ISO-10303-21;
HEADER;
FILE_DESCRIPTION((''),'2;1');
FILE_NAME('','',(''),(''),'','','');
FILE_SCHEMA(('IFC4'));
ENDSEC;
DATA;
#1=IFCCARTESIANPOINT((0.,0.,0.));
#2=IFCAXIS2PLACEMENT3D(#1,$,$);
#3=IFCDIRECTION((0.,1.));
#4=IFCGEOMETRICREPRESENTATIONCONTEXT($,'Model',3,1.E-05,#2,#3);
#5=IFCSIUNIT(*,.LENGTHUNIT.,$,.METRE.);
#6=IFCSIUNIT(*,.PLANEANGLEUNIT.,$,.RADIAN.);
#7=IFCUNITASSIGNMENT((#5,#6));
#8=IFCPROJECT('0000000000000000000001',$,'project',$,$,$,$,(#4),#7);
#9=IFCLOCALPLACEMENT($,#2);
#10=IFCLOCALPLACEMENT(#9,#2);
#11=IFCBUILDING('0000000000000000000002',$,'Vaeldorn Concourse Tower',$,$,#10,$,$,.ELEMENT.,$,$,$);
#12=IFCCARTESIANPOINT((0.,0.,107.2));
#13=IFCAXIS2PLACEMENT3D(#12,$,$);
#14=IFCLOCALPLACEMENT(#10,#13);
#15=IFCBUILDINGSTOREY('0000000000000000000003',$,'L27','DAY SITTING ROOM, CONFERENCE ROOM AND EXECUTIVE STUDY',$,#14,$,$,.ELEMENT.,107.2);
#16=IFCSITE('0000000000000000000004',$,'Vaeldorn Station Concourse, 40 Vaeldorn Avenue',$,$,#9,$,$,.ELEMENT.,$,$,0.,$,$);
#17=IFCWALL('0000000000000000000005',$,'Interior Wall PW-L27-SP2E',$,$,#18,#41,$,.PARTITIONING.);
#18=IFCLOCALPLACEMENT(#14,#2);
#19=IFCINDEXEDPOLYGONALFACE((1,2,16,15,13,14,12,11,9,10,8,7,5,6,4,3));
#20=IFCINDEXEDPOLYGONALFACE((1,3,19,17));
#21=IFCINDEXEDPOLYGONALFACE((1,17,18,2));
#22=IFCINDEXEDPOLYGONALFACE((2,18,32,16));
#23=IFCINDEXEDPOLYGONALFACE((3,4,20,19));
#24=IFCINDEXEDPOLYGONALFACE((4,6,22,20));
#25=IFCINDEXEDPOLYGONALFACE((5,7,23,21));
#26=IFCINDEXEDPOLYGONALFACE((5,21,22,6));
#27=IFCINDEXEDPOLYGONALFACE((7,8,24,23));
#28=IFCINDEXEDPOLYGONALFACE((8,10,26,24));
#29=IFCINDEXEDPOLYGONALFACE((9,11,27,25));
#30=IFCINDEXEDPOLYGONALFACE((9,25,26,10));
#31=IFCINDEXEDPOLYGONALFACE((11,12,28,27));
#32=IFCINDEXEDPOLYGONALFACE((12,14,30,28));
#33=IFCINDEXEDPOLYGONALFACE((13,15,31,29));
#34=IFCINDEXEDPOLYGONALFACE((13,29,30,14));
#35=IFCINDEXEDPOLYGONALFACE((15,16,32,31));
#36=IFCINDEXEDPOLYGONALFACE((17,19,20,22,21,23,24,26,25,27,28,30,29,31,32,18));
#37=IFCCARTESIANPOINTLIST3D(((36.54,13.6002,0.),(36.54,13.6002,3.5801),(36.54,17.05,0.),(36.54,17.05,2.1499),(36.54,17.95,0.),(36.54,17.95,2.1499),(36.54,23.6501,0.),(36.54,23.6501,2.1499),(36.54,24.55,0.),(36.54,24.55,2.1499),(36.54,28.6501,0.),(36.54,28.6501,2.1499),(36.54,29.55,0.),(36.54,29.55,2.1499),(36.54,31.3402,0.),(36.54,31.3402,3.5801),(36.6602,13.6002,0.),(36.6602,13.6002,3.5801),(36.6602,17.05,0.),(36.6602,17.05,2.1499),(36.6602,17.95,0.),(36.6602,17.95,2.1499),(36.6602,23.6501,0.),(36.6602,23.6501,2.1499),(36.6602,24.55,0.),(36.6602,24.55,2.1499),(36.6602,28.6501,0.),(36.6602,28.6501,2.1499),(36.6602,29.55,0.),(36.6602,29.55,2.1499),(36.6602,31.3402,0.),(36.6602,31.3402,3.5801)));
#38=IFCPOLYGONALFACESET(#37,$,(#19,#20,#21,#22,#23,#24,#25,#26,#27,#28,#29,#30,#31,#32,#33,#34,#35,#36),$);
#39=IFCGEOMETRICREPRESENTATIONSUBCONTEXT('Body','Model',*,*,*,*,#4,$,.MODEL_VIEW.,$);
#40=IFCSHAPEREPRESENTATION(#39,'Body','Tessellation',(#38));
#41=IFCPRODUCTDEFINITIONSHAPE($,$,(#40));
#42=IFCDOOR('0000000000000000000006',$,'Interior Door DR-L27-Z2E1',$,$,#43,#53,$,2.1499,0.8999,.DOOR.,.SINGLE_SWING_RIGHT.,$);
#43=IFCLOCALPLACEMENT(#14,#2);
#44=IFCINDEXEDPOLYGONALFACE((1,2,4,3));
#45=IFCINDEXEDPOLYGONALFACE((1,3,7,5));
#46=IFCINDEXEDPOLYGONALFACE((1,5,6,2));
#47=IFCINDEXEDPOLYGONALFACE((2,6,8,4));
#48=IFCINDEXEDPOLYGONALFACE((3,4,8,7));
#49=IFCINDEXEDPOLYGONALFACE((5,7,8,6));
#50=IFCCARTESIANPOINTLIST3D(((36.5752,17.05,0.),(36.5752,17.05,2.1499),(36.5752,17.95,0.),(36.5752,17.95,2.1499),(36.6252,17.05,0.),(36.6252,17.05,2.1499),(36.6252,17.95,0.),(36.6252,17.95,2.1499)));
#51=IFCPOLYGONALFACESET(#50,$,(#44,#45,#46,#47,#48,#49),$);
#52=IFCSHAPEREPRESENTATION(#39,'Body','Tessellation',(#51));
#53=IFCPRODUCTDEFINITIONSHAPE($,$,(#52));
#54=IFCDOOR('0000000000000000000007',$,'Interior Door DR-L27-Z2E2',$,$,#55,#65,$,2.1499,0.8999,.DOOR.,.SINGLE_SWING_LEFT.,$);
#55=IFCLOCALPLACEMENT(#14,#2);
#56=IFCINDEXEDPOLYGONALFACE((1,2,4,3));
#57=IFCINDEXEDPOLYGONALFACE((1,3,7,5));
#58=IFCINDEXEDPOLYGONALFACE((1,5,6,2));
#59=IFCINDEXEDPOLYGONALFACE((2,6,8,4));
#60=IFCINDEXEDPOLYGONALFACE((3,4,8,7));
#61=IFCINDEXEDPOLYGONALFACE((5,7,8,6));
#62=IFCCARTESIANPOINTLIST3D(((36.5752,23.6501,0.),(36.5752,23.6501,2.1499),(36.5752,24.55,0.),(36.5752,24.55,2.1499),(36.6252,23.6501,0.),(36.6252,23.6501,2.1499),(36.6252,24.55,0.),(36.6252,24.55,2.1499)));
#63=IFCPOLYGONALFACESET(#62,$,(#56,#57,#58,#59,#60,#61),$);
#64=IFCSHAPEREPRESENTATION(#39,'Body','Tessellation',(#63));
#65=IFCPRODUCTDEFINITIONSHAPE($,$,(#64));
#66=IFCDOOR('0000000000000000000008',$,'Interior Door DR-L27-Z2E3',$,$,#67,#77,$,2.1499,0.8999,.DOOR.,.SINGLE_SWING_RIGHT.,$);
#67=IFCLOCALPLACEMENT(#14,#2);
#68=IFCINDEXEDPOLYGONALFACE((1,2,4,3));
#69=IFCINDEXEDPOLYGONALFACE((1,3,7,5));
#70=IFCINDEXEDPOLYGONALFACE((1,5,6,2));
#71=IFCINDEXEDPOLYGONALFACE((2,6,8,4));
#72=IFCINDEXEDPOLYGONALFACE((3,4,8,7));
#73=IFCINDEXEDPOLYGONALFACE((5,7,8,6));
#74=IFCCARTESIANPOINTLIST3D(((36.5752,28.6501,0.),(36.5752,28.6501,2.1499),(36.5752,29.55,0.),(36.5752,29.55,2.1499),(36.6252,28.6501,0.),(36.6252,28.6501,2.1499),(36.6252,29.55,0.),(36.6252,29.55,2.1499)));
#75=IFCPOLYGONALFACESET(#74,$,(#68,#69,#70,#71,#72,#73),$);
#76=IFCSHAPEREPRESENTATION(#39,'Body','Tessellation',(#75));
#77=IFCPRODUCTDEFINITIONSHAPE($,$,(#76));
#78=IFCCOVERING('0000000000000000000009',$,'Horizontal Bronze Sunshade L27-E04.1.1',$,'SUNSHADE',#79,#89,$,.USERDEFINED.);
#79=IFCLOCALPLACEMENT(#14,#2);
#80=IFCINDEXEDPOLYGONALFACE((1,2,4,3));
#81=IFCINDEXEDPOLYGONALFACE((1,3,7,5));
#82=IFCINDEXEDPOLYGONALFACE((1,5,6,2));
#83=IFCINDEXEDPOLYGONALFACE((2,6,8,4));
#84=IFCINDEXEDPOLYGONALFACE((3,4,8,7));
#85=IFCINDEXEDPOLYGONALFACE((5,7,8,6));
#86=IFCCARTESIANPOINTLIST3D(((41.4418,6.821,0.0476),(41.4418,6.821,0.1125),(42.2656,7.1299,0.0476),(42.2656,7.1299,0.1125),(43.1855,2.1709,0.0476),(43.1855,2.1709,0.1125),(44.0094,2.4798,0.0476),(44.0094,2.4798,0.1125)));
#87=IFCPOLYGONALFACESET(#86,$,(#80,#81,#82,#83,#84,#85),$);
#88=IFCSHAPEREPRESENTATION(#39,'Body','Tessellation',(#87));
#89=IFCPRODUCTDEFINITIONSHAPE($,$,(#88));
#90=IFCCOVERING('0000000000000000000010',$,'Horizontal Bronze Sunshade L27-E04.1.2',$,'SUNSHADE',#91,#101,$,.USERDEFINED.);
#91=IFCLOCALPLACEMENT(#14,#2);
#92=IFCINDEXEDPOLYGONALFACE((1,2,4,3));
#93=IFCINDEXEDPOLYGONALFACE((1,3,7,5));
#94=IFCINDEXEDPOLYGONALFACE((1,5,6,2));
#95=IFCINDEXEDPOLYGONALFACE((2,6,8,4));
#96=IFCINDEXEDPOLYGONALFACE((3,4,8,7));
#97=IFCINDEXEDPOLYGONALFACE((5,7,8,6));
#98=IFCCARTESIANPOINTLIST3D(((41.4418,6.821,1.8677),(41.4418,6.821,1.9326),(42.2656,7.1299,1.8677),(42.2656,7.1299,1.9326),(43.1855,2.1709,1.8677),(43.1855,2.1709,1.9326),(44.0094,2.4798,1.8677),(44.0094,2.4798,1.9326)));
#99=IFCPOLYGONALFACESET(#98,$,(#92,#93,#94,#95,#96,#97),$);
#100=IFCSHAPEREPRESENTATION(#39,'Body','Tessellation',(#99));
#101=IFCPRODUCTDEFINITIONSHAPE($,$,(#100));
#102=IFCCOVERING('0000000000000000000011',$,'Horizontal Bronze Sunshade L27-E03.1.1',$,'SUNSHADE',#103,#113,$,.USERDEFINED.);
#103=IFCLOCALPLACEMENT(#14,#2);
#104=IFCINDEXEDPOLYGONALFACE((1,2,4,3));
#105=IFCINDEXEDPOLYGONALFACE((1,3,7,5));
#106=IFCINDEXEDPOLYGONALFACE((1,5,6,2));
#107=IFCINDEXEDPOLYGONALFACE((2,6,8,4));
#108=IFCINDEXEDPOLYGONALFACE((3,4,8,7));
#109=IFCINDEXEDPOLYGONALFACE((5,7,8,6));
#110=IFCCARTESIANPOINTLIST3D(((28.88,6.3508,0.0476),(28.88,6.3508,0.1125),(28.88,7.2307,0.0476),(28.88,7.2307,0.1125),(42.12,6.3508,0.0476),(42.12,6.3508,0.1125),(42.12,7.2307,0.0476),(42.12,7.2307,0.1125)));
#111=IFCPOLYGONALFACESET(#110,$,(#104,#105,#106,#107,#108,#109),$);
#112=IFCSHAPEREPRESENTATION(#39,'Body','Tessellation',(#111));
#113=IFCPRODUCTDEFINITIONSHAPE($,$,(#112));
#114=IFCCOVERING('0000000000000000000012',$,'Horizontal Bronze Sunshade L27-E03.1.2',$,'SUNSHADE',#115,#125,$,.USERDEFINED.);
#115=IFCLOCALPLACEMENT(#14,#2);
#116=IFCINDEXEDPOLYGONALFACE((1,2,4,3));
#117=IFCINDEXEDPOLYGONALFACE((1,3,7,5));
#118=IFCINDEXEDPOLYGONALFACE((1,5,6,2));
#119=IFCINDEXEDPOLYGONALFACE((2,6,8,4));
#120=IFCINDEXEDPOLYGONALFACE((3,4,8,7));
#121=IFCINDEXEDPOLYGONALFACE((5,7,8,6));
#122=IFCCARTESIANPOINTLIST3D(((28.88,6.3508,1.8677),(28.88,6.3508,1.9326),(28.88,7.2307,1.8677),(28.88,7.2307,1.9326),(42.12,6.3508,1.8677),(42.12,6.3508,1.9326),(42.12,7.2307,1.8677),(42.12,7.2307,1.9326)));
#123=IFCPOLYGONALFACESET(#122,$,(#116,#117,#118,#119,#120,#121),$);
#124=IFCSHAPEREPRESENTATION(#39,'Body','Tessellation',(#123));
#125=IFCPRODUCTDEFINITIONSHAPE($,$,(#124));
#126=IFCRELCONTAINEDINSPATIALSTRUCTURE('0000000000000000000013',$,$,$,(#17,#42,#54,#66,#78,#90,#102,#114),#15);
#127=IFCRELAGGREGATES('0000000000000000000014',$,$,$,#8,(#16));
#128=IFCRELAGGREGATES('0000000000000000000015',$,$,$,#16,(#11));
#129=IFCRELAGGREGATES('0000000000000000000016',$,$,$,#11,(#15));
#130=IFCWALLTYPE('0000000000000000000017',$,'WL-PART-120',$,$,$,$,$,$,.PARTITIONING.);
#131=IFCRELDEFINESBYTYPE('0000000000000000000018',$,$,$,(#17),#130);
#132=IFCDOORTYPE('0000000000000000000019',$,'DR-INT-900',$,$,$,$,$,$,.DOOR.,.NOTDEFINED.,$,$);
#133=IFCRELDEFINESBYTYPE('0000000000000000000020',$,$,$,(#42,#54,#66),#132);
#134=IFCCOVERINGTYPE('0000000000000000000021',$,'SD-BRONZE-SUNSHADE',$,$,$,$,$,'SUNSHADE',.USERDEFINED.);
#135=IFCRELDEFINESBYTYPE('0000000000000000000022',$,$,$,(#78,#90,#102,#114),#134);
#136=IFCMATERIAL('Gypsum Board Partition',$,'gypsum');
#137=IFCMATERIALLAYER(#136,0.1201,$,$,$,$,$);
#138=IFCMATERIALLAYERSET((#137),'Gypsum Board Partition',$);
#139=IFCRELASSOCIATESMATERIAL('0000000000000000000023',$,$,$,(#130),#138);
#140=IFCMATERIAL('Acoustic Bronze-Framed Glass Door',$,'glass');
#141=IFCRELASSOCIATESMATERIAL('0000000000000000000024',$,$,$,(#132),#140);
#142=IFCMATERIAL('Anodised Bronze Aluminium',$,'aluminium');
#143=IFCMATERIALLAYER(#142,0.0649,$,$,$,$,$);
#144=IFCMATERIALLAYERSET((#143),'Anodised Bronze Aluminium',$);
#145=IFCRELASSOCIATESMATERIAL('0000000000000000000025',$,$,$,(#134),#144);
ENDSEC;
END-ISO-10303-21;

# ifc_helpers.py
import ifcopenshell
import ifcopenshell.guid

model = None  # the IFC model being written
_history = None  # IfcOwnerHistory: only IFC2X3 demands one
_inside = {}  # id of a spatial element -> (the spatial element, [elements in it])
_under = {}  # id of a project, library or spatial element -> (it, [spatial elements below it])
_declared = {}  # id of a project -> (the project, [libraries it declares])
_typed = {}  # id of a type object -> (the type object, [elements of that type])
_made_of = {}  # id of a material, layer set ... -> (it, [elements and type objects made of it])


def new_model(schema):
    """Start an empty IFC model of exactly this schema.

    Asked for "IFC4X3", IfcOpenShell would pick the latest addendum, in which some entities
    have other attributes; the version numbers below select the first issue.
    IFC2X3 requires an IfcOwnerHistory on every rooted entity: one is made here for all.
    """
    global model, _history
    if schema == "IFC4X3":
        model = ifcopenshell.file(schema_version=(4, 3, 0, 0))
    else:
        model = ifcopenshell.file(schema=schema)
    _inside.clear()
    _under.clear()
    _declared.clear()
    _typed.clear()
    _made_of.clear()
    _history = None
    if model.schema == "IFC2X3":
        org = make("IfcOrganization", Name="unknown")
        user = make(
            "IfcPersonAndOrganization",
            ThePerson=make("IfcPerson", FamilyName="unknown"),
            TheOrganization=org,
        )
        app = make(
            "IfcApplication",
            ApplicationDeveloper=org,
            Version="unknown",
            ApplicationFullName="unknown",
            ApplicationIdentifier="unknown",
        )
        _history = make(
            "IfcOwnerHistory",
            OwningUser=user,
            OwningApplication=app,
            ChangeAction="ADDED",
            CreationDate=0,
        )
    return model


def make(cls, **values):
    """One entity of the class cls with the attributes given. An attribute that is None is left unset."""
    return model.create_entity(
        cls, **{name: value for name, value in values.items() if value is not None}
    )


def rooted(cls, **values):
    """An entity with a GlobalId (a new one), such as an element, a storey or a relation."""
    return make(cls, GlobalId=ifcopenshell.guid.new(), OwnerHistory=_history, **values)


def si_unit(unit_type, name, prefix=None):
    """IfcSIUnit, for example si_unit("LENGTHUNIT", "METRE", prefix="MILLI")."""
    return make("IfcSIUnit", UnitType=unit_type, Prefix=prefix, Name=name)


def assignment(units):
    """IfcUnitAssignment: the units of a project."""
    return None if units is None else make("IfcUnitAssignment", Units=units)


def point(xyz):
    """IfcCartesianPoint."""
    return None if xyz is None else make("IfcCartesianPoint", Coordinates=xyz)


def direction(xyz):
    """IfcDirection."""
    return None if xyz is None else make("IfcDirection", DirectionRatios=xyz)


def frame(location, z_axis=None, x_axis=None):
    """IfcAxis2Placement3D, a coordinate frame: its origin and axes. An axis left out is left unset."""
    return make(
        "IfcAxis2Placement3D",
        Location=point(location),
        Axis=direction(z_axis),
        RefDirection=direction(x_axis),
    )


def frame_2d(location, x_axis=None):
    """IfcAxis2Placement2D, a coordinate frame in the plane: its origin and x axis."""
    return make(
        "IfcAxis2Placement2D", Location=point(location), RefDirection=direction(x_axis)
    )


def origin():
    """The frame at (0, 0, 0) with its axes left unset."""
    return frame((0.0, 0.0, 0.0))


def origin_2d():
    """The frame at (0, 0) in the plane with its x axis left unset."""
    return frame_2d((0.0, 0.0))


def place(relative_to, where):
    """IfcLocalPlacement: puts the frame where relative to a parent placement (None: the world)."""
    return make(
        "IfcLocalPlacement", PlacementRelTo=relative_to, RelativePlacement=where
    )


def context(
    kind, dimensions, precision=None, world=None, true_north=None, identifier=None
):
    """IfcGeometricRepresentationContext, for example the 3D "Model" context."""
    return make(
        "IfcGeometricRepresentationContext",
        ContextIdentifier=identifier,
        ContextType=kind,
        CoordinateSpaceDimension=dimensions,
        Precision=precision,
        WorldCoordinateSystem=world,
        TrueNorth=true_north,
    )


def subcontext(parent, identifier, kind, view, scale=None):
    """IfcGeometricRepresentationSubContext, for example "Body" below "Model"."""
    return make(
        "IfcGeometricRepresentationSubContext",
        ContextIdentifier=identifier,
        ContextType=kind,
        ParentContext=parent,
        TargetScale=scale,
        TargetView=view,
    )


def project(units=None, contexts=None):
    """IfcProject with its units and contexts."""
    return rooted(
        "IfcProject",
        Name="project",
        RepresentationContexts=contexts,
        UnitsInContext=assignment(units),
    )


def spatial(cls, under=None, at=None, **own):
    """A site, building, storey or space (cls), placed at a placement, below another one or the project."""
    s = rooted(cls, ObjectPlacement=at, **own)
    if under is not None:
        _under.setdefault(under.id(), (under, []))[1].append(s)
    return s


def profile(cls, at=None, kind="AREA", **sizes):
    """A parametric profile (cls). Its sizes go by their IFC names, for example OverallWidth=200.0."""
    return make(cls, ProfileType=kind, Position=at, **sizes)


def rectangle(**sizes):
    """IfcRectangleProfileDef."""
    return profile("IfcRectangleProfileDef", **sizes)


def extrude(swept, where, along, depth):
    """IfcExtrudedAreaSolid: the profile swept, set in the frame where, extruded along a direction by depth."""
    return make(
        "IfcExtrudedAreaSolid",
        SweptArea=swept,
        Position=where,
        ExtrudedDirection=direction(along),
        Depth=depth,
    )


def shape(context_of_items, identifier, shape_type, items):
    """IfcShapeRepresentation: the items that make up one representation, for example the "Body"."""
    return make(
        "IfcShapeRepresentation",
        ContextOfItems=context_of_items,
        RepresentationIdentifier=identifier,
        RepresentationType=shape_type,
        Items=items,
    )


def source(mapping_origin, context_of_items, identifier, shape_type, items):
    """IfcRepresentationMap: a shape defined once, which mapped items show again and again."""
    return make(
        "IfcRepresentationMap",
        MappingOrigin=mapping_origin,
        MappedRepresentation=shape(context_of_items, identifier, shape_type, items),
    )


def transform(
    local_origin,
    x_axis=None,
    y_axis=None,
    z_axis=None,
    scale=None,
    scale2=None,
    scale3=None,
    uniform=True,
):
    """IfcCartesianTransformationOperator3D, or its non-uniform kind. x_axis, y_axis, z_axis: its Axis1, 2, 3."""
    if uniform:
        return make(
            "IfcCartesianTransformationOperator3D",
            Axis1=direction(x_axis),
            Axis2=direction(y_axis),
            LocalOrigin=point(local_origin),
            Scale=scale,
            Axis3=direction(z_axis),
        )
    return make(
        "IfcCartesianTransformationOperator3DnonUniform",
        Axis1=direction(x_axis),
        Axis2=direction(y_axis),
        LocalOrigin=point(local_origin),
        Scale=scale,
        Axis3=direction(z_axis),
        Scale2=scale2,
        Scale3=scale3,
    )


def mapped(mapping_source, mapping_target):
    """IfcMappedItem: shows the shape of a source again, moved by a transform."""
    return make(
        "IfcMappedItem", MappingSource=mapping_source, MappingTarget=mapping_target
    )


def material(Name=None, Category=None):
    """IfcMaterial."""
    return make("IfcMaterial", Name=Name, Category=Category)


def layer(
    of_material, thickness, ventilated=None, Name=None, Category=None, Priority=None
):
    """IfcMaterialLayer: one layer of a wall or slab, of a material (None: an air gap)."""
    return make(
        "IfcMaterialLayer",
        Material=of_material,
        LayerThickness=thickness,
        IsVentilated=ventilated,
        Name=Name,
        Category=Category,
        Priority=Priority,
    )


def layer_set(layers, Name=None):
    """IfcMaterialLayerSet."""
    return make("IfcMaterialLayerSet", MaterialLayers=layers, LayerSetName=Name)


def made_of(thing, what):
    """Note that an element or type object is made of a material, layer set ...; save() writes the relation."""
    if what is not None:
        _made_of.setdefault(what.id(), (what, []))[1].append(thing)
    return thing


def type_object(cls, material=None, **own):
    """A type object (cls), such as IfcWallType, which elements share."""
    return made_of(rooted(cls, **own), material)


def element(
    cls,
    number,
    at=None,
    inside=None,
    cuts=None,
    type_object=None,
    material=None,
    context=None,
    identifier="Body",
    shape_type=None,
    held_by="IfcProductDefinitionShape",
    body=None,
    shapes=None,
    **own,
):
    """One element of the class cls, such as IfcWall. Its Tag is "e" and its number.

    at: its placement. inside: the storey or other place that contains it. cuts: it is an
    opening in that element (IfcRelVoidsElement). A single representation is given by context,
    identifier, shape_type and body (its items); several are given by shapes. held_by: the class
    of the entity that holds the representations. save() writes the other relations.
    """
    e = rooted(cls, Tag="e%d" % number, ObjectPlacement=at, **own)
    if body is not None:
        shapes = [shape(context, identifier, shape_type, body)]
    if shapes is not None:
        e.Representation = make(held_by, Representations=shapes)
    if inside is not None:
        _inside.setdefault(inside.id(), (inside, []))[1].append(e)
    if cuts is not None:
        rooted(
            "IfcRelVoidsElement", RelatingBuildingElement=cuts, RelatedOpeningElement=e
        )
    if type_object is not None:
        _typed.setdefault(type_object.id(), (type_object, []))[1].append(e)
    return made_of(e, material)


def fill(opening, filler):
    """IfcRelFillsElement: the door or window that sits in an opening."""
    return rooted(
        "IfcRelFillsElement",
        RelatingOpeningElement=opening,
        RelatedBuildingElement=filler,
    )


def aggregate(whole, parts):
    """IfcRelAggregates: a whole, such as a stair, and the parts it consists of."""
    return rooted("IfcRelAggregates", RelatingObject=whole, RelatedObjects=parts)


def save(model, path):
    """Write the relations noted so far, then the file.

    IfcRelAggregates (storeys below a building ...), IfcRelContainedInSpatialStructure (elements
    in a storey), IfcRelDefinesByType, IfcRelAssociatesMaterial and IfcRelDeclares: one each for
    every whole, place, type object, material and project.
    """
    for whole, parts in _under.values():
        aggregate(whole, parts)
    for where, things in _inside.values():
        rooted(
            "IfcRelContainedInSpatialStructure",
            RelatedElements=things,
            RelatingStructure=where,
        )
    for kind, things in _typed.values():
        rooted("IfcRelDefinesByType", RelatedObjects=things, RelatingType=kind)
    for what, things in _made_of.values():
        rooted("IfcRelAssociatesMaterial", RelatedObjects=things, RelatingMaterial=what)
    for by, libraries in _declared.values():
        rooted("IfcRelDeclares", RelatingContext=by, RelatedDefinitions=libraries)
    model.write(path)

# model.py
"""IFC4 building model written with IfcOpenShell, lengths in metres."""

from ifc_helpers import new_model, si_unit, direction, frame, frame_2d, origin, origin_2d, place, context, subcontext, project, spatial, rectangle, extrude, source, transform, mapped, material, layer, layer_set, type_object, element, fill, save


model = new_model("IFC4")

# Units and contexts
model_context = context("Model", 3, precision=1e-05, world=origin(), true_north=direction((0.0, 1.0)))
body_context = subcontext(model_context, "Body", "Model", "MODEL_VIEW")
ifc_project = project(units=[si_unit("LENGTHUNIT", "METRE"), si_unit("PLANEANGLEUNIT", "RADIAN")], contexts=[model_context])

# Site, building, storey
site_placement = place(None, origin())
site = spatial("IfcSite", under=ifc_project, at=site_placement, Name="Vaeldorn Station Concourse, 40 Vaeldorn Avenue", CompositionType="ELEMENT", RefElevation=0.0)
building_placement = place(site_placement, origin())
building = spatial("IfcBuilding", under=site, at=building_placement, Name="Vaeldorn Concourse Tower", CompositionType="ELEMENT")
storey_placement = place(building_placement, frame((0.0, 0.0, 107.2)))
storey = spatial("IfcBuildingStorey", under=building, at=storey_placement, Name="L27", Description="DAY SITTING ROOM, CONFERENCE ROOM AND EXECUTIVE STUDY", CompositionType="ELEMENT", Elevation=107.2)

# Shared definitions
ifc_material_1 = material(Name="Anodised Bronze Aluminium", Category="aluminium")

# Shared definitions
ifc_material_2 = material(Name="Gypsum Board Partition", Category="gypsum")
ifc_layer_1 = layer(ifc_material_2, 0.1201)
ifc_layer_set_1 = layer_set([ifc_layer_1], Name="Gypsum Board Partition")
wall_type = type_object("IfcWallType", Name="WL-PART-120", PredefinedType="PARTITIONING", material=ifc_layer_set_1)

# Wall, openings, doors
wall_1_placement = place(storey_placement, frame((36.6001, 13.6001, 0.0), z_axis=(0.0, 0.0, 1.0), x_axis=(0.0, 1.0, 0.0)))
wall_1 = element("IfcWall", 1, at=wall_1_placement, inside=storey, type_object=wall_type, Name="Interior Wall PW-L27-SP2E", PredefinedType="PARTITIONING", context=body_context, shape_type="SweptSolid", body=[
    extrude(rectangle(XDim=17.74, YDim=0.1201, at=frame_2d((8.8701, 0.0))), origin(), (0.0, 0.0, 1.0), 3.5801),
])
opening_1_placement = place(wall_1_placement, frame((3.45, 0.0, 0.0)))
opening_1 = element("IfcOpeningElement", 2, at=opening_1_placement, cuts=wall_1, PredefinedType="OPENING", context=body_context, shape_type="SweptSolid", body=[
    extrude(rectangle(XDim=0.8999, YDim=2.1499, at=frame_2d((0.45, 1.075))), frame((0.0, 0.0701, 0.0), z_axis=(0.0, -1.0, 0.0), x_axis=(1.0, 0.0, 0.0)), (0.0, 0.0, 1.0), 0.1401),
])
opening_2_placement = place(wall_1_placement, frame((10.05, 0.0, 0.0)))
opening_2 = element("IfcOpeningElement", 3, at=opening_2_placement, cuts=wall_1, PredefinedType="OPENING", context=body_context, shape_type="SweptSolid", body=[
    extrude(rectangle(XDim=0.8999, YDim=2.1499, at=frame_2d((0.45, 1.075))), frame((0.0, 0.0701, 0.0), z_axis=(0.0, -1.0, 0.0), x_axis=(1.0, 0.0, 0.0)), (0.0, 0.0, 1.0), 0.1401),
])
opening_3_placement = place(wall_1_placement, frame((15.05, 0.0, 0.0)))
opening_3 = element("IfcOpeningElement", 4, at=opening_3_placement, cuts=wall_1, PredefinedType="OPENING", context=body_context, shape_type="SweptSolid", body=[
    extrude(rectangle(XDim=0.8999, YDim=2.1499, at=frame_2d((0.45, 1.075))), frame((0.0, 0.0701, 0.0), z_axis=(0.0, -1.0, 0.0), x_axis=(1.0, 0.0, 0.0)), (0.0, 0.0, 1.0), 0.1401),
])
ifc_material_3 = material(Name="Acoustic Bronze-Framed Glass Door", Category="glass")
door_type = type_object("IfcDoorType", Name="DR-INT-900", OperationType="NOTDEFINED", PredefinedType="DOOR", material=ifc_material_3)
shared_shape_1 = source(origin(), body_context, "Body", "SweptSolid", [
    extrude(rectangle(XDim=0.8999, YDim=2.1499, at=frame_2d((0.45, 1.075))), frame((0.0, 0.0249, 0.0), z_axis=(0.0, -1.0, 0.0), x_axis=(1.0, 0.0, 0.0)), (0.0, 0.0, 1.0), 0.05),
])
door_1_placement = place(opening_1_placement, origin())
door_1 = element("IfcDoor", 5, at=door_1_placement, inside=storey, type_object=door_type, Name="Interior Door DR-L27-Z2E1", OperationType="SINGLE_SWING_RIGHT", OverallHeight=2.1499, OverallWidth=0.8999, PredefinedType="DOOR", context=body_context, shape_type="MappedRepresentation", body=[
    mapped(shared_shape_1, transform((0.0, 0.0, 0.0), scale=1.0)),
])
fill(opening_1, door_1)
door_2_placement = place(opening_2_placement, origin())
door_2 = element("IfcDoor", 6, at=door_2_placement, inside=storey, type_object=door_type, Name="Interior Door DR-L27-Z2E2", OperationType="SINGLE_SWING_LEFT", OverallHeight=2.1499, OverallWidth=0.8999, PredefinedType="DOOR", context=body_context, shape_type="MappedRepresentation", body=[
    mapped(shared_shape_1, transform((0.0, 0.0, 0.0), scale=1.0)),
])
fill(opening_2, door_2)
door_3_placement = place(opening_3_placement, origin())
door_3 = element("IfcDoor", 7, at=door_3_placement, inside=storey, type_object=door_type, Name="Interior Door DR-L27-Z2E3", OperationType="SINGLE_SWING_RIGHT", OverallHeight=2.1499, OverallWidth=0.8999, PredefinedType="DOOR", context=body_context, shape_type="MappedRepresentation", body=[
    mapped(shared_shape_1, transform((0.0, 0.0, 0.0), scale=1.0)),
])
fill(opening_3, door_3)

# Coverings
ifc_layer_2 = layer(ifc_material_1, 0.0649)
ifc_layer_set_2 = layer_set([ifc_layer_2], Name="Anodised Bronze Aluminium")
covering_type = type_object("IfcCoveringType", Name="SD-BRONZE-SUNSHADE", ElementType="SUNSHADE", PredefinedType="USERDEFINED", material=ifc_layer_set_2)
shared_shape_2 = source(origin(), body_context, "Body", "SweptSolid", [
    extrude(rectangle(XDim=4.9663, YDim=0.8799, at=origin_2d()), origin(), (0.0, 0.0, 1.0), 0.0649),
])
for number, where, z_axis, x_axis, name in (
    (8, (42.7256, 4.6504, 0.0476), (0.0, 0.0, 1.0), (0.351123, -0.936329, 0.0), "Horizontal Bronze Sunshade L27-E04.1.1"),
    (9, (42.7256, 4.6504, 1.8677), (0.0, 0.0, 1.0), (0.351123, -0.936329, 0.0), "Horizontal Bronze Sunshade L27-E04.1.2"),
):
    element("IfcCovering", number, at=place(storey_placement, frame(where, z_axis=z_axis, x_axis=x_axis)), inside=storey, type_object=covering_type, Name=name, ObjectType="SUNSHADE", PredefinedType="USERDEFINED", context=body_context, shape_type="MappedRepresentation", body=[
        mapped(shared_shape_2, transform((0.0, 0.0, 0.0), scale=1.0)),
    ])
shared_shape_3 = source(origin(), body_context, "Body", "SweptSolid", [
    extrude(rectangle(XDim=13.24, YDim=0.8799, at=origin_2d()), origin(), (0.0, 0.0, 1.0), 0.0649),
])
for number, where, z_axis, x_axis, name in (
    (10, (35.5, 6.7908, 0.0476), (0.0, 0.0, 1.0), (1.0, 0.0, 0.0), "Horizontal Bronze Sunshade L27-E03.1.1"),
    (11, (35.5, 6.7908, 1.8677), (0.0, 0.0, 1.0), (1.0, 0.0, 0.0), "Horizontal Bronze Sunshade L27-E03.1.2"),
):
    element("IfcCovering", number, at=place(storey_placement, frame(where, z_axis=z_axis, x_axis=x_axis)), inside=storey, type_object=covering_type, Name=name, ObjectType="SUNSHADE", PredefinedType="USERDEFINED", context=body_context, shape_type="MappedRepresentation", body=[
        mapped(shared_shape_3, transform((0.0, 0.0, 0.0), scale=1.0)),
    ])

save(model, "model.ifc")
